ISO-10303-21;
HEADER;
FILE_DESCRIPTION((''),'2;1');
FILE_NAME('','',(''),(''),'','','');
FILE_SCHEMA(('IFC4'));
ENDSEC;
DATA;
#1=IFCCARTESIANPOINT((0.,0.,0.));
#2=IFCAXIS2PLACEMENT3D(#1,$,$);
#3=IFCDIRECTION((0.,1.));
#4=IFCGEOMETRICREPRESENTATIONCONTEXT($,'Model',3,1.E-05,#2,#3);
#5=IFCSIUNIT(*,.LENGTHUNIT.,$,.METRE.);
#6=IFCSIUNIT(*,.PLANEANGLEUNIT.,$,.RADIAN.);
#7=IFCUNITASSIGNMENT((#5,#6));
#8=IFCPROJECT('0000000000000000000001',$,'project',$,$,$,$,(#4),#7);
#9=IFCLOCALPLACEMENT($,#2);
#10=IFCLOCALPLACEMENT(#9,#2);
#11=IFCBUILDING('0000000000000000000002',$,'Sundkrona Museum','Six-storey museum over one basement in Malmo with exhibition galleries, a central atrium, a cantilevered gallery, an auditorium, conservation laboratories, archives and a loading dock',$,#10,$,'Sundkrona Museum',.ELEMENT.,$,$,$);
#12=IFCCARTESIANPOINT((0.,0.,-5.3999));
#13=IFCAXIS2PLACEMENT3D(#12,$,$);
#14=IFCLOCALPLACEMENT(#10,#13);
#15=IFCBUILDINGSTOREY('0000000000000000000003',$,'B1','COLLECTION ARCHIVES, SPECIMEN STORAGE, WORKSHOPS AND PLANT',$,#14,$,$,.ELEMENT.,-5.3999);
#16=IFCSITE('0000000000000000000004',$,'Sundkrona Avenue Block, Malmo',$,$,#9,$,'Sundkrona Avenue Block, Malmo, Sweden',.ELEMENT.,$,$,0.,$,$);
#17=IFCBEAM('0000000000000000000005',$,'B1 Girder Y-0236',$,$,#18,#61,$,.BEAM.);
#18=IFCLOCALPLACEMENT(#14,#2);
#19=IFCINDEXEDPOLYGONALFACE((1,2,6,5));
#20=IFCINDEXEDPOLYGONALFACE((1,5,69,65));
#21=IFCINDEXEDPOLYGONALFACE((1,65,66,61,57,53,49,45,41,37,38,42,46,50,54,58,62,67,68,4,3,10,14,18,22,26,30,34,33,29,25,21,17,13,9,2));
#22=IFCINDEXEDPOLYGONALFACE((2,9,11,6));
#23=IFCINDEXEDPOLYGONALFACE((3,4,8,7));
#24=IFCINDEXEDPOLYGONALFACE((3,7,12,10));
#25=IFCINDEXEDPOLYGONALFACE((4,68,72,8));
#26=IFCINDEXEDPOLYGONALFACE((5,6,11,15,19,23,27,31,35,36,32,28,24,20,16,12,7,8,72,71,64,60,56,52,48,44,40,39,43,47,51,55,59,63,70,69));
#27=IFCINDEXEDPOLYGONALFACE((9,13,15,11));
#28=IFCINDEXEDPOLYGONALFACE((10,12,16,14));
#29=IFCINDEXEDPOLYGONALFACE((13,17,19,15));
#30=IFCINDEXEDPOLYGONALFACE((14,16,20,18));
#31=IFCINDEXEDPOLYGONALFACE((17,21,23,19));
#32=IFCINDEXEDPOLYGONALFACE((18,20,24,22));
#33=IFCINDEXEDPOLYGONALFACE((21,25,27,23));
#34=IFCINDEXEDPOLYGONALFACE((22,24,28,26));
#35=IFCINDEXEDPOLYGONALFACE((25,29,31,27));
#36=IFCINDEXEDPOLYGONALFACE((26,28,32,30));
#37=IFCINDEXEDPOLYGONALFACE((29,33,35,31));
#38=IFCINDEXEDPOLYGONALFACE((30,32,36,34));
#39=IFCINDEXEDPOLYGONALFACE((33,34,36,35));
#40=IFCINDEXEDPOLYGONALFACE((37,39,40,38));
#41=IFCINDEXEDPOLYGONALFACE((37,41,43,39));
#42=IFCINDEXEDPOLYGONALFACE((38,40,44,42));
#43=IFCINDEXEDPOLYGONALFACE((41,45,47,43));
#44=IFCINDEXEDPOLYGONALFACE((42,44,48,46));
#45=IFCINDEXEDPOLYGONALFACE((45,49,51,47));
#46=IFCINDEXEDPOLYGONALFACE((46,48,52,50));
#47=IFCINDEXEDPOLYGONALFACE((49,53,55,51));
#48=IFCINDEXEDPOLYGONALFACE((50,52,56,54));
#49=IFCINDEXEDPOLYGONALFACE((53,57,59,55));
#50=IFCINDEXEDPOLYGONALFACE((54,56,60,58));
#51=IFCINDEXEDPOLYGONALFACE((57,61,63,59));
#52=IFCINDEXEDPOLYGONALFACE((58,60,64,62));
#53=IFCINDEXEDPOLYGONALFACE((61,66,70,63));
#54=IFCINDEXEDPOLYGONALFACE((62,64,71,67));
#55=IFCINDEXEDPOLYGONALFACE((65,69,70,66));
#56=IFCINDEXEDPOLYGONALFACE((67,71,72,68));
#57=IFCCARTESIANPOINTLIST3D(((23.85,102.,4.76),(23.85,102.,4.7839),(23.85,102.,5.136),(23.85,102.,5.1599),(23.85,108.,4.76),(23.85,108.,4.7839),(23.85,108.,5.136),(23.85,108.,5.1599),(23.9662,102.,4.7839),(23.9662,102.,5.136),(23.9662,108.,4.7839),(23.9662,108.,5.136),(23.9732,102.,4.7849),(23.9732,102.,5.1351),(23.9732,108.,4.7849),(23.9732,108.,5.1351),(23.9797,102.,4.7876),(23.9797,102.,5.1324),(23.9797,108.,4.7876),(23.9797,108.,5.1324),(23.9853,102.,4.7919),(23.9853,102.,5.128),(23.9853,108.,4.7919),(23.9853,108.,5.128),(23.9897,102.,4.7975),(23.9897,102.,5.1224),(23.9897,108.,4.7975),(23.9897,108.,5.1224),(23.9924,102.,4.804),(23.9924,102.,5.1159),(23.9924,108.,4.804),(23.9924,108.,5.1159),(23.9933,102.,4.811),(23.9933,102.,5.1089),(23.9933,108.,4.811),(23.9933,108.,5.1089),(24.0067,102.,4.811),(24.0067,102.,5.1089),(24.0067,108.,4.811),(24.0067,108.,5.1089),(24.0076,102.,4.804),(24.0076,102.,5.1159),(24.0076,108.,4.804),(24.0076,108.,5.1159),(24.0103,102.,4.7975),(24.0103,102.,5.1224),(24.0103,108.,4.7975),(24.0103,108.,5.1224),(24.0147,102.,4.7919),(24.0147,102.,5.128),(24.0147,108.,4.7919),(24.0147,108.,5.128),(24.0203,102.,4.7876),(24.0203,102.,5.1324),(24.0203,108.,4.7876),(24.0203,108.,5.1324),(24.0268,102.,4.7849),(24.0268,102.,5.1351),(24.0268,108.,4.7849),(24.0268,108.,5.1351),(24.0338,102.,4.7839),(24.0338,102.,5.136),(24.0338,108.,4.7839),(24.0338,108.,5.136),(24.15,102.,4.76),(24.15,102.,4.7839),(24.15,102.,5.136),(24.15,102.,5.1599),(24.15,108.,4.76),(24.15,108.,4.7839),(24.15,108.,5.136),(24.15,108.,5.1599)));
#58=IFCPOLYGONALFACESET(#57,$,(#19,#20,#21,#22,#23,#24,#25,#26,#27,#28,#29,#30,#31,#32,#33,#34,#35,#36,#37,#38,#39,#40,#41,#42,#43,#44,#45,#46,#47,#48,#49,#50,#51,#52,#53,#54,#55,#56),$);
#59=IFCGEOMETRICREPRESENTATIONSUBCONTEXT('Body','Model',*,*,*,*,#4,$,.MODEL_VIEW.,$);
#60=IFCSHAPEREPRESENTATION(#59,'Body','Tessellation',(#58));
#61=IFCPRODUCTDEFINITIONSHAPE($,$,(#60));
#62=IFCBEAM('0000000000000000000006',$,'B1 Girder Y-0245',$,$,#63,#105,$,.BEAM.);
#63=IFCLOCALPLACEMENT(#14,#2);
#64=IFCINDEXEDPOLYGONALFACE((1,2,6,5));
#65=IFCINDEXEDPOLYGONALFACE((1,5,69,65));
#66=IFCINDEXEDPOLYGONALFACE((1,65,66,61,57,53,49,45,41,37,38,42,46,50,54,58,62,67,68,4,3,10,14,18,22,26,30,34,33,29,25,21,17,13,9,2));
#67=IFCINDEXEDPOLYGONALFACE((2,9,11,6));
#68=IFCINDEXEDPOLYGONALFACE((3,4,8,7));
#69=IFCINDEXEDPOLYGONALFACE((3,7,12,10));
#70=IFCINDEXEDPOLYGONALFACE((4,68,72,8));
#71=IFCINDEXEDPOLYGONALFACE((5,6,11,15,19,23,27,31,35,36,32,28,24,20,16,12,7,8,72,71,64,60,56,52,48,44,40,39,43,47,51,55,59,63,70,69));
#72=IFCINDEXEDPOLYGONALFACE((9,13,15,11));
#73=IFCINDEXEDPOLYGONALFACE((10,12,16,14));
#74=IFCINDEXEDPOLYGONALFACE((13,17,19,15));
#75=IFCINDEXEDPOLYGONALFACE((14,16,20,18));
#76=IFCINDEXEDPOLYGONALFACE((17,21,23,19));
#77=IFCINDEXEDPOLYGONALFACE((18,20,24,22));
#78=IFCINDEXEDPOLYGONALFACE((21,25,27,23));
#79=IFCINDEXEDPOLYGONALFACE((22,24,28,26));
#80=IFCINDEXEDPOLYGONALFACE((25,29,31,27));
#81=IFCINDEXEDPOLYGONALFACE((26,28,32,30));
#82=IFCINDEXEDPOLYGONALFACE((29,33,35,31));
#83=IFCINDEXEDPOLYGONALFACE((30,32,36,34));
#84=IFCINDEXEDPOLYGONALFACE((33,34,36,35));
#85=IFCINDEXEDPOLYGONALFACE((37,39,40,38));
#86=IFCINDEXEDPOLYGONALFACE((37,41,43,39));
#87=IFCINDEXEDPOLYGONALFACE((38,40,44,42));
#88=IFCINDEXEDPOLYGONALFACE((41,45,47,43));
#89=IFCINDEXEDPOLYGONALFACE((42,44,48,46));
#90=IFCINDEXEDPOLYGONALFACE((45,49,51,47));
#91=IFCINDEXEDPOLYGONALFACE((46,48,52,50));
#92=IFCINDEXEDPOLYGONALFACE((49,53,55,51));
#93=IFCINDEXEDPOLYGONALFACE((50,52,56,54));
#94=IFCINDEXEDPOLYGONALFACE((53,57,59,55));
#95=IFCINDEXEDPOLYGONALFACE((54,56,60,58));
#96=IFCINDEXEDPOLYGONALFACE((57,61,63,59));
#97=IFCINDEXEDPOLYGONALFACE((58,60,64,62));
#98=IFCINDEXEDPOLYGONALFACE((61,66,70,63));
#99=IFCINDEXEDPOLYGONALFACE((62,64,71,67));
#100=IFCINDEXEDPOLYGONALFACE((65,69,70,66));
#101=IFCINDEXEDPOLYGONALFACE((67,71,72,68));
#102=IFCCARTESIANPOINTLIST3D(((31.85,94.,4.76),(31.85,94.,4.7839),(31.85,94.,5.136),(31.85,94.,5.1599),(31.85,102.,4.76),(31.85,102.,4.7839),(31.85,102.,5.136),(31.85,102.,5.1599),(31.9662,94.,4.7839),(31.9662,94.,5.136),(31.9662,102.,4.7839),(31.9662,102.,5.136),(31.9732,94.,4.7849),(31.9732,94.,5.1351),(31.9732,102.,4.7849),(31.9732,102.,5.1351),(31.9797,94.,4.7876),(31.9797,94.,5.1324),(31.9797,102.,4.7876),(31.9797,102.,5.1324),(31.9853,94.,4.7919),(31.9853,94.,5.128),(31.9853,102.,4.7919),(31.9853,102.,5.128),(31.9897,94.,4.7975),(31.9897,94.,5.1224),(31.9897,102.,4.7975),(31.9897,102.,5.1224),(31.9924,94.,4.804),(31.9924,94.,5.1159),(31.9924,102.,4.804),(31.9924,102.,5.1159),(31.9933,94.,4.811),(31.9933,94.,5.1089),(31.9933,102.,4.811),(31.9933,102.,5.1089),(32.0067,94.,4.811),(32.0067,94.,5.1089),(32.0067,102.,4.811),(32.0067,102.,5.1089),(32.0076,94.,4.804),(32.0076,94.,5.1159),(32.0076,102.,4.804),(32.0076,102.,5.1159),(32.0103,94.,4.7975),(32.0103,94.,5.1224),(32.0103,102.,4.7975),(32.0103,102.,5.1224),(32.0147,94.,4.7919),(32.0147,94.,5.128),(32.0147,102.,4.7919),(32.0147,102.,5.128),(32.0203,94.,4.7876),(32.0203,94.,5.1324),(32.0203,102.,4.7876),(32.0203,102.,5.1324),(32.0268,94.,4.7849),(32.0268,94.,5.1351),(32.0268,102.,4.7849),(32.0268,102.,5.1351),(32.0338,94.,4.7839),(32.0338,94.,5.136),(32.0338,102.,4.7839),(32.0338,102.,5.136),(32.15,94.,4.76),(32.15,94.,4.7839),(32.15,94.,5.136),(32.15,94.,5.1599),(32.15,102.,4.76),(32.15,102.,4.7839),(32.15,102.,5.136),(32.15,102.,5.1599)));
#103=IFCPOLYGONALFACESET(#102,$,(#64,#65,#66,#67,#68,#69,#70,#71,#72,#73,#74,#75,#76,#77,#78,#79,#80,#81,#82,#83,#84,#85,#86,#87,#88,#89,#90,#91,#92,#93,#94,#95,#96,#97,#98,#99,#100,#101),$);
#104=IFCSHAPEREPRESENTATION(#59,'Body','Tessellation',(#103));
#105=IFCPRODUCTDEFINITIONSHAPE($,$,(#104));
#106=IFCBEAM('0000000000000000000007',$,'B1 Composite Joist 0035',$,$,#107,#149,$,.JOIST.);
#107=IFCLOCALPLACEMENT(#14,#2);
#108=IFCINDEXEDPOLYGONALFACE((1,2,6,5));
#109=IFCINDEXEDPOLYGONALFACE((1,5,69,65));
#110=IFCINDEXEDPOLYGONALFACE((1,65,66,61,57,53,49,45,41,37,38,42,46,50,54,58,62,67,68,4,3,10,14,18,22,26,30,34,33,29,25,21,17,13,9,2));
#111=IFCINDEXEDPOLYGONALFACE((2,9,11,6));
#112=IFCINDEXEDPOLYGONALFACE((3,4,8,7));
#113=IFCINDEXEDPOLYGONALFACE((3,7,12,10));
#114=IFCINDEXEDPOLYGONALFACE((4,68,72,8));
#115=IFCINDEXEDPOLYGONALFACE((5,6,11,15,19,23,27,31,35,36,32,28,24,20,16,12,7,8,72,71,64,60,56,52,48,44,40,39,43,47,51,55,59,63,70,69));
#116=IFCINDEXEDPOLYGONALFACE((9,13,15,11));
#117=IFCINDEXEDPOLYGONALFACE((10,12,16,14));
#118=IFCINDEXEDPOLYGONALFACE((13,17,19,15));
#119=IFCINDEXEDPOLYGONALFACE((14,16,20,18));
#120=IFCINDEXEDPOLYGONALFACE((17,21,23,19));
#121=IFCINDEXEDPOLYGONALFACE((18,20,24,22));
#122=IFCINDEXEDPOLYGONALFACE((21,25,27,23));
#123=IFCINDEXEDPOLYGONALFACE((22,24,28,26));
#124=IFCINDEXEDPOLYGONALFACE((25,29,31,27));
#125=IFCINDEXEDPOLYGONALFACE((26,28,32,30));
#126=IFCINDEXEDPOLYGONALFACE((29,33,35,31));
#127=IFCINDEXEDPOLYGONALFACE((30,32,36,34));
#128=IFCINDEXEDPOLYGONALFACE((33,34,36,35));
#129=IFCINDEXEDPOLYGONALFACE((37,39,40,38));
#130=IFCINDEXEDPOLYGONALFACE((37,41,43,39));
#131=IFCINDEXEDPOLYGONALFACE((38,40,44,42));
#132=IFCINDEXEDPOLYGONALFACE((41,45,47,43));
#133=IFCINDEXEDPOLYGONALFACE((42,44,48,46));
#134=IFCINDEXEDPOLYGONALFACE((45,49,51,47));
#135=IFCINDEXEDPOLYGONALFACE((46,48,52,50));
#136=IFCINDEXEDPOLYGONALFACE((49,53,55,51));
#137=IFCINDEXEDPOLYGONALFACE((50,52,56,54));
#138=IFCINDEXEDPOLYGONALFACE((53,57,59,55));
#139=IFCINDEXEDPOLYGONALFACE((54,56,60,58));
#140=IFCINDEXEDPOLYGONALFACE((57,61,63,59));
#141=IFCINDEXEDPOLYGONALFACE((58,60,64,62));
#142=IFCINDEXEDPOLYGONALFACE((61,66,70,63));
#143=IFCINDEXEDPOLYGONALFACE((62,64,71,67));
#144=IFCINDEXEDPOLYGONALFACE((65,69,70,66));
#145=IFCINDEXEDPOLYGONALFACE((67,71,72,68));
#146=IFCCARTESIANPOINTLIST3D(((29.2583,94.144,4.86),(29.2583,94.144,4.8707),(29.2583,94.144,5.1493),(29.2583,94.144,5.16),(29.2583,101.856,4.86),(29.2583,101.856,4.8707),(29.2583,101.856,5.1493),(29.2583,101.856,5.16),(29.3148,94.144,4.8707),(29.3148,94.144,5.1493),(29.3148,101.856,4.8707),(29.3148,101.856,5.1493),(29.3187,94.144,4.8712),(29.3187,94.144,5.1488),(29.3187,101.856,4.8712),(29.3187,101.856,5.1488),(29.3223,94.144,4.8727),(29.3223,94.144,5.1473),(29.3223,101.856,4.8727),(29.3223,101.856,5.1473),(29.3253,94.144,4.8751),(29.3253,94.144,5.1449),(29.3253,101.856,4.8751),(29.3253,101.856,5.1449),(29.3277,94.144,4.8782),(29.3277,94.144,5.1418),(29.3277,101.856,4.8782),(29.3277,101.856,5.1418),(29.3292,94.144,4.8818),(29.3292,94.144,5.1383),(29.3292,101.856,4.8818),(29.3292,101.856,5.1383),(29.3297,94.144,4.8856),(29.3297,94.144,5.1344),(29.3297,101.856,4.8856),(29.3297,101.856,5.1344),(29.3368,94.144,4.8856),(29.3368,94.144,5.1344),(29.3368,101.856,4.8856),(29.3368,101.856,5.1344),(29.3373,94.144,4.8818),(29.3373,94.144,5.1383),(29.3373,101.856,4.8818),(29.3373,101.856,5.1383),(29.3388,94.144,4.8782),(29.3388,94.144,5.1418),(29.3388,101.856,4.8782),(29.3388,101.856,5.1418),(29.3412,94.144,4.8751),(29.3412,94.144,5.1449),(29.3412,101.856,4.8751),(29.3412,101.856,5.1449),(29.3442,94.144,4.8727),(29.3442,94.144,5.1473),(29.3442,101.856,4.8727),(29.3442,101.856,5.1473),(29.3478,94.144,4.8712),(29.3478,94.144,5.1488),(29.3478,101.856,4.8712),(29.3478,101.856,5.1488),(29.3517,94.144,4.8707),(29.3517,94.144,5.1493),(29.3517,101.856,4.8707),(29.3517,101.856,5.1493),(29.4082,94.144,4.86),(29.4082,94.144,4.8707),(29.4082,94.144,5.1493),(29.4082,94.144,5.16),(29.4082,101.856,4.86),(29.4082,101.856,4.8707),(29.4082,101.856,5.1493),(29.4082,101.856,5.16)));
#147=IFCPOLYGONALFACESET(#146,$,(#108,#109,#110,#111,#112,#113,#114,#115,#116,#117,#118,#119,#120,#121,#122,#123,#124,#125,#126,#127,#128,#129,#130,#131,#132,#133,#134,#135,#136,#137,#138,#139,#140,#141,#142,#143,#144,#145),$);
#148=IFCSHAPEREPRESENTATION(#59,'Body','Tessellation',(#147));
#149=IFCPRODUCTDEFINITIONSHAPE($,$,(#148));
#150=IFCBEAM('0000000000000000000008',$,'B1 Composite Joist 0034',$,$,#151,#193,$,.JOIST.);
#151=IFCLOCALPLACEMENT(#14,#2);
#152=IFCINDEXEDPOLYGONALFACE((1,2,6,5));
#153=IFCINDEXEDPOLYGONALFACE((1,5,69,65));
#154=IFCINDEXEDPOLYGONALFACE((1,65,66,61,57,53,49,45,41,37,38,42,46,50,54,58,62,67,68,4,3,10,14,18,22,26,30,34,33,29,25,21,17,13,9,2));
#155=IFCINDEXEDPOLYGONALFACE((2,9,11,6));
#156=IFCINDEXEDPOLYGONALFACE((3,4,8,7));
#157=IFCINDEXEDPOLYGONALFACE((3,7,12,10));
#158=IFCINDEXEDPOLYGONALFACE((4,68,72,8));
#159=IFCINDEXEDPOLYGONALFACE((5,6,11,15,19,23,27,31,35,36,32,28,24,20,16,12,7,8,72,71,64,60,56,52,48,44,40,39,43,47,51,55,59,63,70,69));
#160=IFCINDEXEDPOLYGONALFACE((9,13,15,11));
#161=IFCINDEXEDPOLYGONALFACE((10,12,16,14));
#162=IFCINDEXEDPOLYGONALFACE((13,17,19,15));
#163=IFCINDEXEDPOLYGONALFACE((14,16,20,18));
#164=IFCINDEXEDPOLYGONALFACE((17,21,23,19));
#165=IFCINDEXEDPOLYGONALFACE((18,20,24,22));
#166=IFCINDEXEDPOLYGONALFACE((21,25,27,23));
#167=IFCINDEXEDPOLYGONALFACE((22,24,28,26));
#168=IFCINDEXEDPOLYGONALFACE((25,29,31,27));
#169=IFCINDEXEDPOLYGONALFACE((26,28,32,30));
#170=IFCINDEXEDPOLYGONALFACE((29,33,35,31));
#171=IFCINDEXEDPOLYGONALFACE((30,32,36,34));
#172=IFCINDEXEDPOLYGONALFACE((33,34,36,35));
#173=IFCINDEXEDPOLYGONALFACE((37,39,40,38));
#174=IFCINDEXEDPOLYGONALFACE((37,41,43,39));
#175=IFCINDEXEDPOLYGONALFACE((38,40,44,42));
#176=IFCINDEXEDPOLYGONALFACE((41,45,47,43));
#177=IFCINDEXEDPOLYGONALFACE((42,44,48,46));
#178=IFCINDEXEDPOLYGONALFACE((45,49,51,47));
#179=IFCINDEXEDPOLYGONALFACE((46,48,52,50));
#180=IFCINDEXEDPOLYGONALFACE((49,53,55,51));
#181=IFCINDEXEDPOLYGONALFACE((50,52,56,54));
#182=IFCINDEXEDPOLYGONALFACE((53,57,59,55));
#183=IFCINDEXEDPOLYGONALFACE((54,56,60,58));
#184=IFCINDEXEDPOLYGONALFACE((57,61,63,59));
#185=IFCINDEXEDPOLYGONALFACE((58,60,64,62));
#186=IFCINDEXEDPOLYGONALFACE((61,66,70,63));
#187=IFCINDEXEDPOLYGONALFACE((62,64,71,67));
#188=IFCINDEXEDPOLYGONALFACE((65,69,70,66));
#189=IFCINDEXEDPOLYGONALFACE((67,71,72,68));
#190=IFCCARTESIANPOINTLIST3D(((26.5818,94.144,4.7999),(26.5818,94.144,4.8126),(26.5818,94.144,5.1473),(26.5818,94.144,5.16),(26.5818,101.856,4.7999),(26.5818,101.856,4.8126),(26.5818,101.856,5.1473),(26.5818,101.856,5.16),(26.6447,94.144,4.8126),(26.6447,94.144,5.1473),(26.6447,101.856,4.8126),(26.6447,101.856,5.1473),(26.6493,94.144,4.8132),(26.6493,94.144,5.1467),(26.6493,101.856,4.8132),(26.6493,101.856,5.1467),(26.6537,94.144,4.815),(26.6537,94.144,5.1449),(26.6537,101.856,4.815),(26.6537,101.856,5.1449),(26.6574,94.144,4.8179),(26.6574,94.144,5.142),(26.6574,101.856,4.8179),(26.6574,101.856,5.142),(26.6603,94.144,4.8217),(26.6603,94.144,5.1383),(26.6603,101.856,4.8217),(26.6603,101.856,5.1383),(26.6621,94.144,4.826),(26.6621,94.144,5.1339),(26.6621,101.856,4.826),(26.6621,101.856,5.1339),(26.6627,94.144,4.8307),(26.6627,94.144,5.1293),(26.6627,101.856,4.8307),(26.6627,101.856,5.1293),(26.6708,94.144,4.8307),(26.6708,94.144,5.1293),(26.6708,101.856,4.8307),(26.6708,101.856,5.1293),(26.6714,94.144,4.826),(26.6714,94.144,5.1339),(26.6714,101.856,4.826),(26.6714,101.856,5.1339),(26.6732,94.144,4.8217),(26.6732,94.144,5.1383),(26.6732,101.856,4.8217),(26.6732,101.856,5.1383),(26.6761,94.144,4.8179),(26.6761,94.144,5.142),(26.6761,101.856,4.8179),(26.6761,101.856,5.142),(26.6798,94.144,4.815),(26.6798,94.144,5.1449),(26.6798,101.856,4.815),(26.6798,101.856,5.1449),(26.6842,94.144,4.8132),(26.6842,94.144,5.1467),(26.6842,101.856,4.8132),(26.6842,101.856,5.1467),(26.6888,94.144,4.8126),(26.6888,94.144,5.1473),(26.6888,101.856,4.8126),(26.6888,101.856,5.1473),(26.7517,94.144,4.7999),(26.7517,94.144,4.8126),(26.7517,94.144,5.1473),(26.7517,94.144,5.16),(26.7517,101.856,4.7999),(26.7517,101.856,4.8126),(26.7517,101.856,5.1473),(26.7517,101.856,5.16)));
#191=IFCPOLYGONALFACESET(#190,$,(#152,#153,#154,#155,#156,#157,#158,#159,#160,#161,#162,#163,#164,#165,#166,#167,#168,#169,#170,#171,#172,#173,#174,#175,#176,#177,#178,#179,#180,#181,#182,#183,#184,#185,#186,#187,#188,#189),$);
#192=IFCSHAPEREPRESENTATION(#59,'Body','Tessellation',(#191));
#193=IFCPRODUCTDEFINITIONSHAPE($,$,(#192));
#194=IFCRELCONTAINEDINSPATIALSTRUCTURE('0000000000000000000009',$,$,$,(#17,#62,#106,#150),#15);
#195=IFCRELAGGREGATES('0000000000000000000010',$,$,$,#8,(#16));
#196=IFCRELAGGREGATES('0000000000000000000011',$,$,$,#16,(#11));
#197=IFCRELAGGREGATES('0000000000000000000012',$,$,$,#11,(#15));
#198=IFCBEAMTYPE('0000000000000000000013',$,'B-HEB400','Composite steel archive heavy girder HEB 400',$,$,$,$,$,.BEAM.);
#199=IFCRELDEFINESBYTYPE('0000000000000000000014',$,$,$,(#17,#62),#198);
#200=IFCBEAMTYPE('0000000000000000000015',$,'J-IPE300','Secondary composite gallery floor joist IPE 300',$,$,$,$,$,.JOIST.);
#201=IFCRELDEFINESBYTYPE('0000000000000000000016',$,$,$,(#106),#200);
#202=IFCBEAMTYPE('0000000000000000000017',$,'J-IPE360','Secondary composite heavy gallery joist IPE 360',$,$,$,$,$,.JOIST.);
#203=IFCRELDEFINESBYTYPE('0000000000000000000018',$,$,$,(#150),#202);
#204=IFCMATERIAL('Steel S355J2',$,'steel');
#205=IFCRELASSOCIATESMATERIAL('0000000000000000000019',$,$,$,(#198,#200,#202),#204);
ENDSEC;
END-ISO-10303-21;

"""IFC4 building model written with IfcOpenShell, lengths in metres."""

from ifc_helpers import new_model, si_unit, direction, frame, origin, origin_2d, place, context, subcontext, project, spatial, i_section, extrude, material, material_profile, profile_set, type_object, element, save


model = new_model("IFC4")

# Units and contexts
model_context = context("Model", 3, precision=1e-05, world=origin(), true_north=direction((0.0, 1.0)))
body_context = subcontext(model_context, "Body", "Model", "MODEL_VIEW")
ifc_project = project(units=[si_unit("LENGTHUNIT", "METRE"), si_unit("PLANEANGLEUNIT", "RADIAN")], contexts=[model_context])

# Site, building, storey
site_placement = place(None, origin())
site = spatial("IfcSite", under=ifc_project, at=site_placement, Name="Sundkrona Avenue Block, Malmo", LongName="Sundkrona Avenue Block, Malmo, Sweden", CompositionType="ELEMENT", RefElevation=0.0)
building_placement = place(site_placement, origin())
building = spatial("IfcBuilding", under=site, at=building_placement, Name="Sundkrona Museum", Description="Six-storey museum over one basement in Malmo with exhibition galleries, a central atrium, a cantilevered gallery, an auditorium, conservation laboratories, archives and a loading dock", LongName="Sundkrona Museum", CompositionType="ELEMENT")
storey_placement = place(building_placement, frame((0.0, 0.0, -5.3999)))
storey = spatial("IfcBuildingStorey", under=building, at=storey_placement, Name="B1", Description="COLLECTION ARCHIVES, SPECIMEN STORAGE, WORKSHOPS AND PLANT", CompositionType="ELEMENT", Elevation=-5.3999)

# Beams
ifc_material_1 = material(Name="Steel S355J2", Category="steel")
ifc_material_profile_1 = material_profile(ifc_material_1, i_section(OverallWidth=0.3, OverallDepth=0.3999, WebThickness=0.0134, FlangeThickness=0.0239, FilletRadius=0.0271, at=origin_2d()), Name="HEB 400")
ifc_profile_set_1 = profile_set([ifc_material_profile_1], Name="Steel S355J2")
beam_type_1 = type_object("IfcBeamType", Name="B-HEB400", Description="Composite steel archive heavy girder HEB 400", PredefinedType="BEAM", material=ifc_profile_set_1)
beam_1_placement = place(storey_placement, frame((24.0, 102.0, 4.96), z_axis=(0.0, 1.0, 0.0), x_axis=(-1.0, 0.0, 0.0)))
element("IfcBeam", 1, at=beam_1_placement, inside=storey, type_object=beam_type_1, Name="B1 Girder Y-0236", PredefinedType="BEAM", context=body_context, shape_type="SweptSolid", body=[
    extrude(i_section(OverallWidth=0.3, OverallDepth=0.3999, WebThickness=0.0134, FlangeThickness=0.0239, FilletRadius=0.0271, at=origin_2d()), origin(), (0.0, 0.0, 1.0), 6.0),
])
beam_2_placement = place(storey_placement, frame((32.0, 94.0, 4.96), z_axis=(0.0, 1.0, 0.0), x_axis=(-1.0, 0.0, 0.0)))
element("IfcBeam", 2, at=beam_2_placement, inside=storey, type_object=beam_type_1, Name="B1 Girder Y-0245", PredefinedType="BEAM", context=body_context, shape_type="SweptSolid", body=[
    extrude(i_section(OverallWidth=0.3, OverallDepth=0.3999, WebThickness=0.0134, FlangeThickness=0.0239, FilletRadius=0.0271, at=origin_2d()), origin(), (0.0, 0.0, 1.0), 8.0),
])
ifc_material_profile_2 = material_profile(ifc_material_1, i_section(OverallWidth=0.1499, OverallDepth=0.3, WebThickness=0.0071, FlangeThickness=0.0107, FilletRadius=0.0149, at=origin_2d()), Name="IPE 300")
ifc_profile_set_2 = profile_set([ifc_material_profile_2], Name="Steel S355J2")
beam_type_2 = type_object("IfcBeamType", Name="J-IPE300", Description="Secondary composite gallery floor joist IPE 300", PredefinedType="JOIST", material=ifc_profile_set_2)
beam_3_placement = place(storey_placement, frame((29.3333, 94.144, 5.01), z_axis=(0.0, 1.0, 0.0), x_axis=(-1.0, 0.0, 0.0)))
element("IfcBeam", 3, at=beam_3_placement, inside=storey, type_object=beam_type_2, Name="B1 Composite Joist 0035", PredefinedType="JOIST", context=body_context, shape_type="SweptSolid", body=[
    extrude(i_section(OverallWidth=0.1499, OverallDepth=0.3, WebThickness=0.0071, FlangeThickness=0.0107, FilletRadius=0.0149, at=origin_2d()), origin(), (0.0, 0.0, 1.0), 7.7119),
])
ifc_material_profile_3 = material_profile(ifc_material_1, i_section(OverallWidth=0.1699, OverallDepth=0.3601, WebThickness=0.0081, FlangeThickness=0.0127, FilletRadius=0.0181, at=origin_2d()), Name="IPE 360")
ifc_profile_set_3 = profile_set([ifc_material_profile_3], Name="Steel S355J2")
beam_type_3 = type_object("IfcBeamType", Name="J-IPE360", Description="Secondary composite heavy gallery joist IPE 360", PredefinedType="JOIST", material=ifc_profile_set_3)
beam_4_placement = place(storey_placement, frame((26.6667, 94.144, 4.98), z_axis=(0.0, 1.0, 0.0), x_axis=(-1.0, 0.0, 0.0)))
element("IfcBeam", 4, at=beam_4_placement, inside=storey, type_object=beam_type_3, Name="B1 Composite Joist 0034", PredefinedType="JOIST", context=body_context, shape_type="SweptSolid", body=[
    extrude(i_section(OverallWidth=0.1699, OverallDepth=0.3601, WebThickness=0.0081, FlangeThickness=0.0127, FilletRadius=0.0181, at=origin_2d()), origin(), (0.0, 0.0, 1.0), 7.7119),
])

save(model, "model.ifc")
